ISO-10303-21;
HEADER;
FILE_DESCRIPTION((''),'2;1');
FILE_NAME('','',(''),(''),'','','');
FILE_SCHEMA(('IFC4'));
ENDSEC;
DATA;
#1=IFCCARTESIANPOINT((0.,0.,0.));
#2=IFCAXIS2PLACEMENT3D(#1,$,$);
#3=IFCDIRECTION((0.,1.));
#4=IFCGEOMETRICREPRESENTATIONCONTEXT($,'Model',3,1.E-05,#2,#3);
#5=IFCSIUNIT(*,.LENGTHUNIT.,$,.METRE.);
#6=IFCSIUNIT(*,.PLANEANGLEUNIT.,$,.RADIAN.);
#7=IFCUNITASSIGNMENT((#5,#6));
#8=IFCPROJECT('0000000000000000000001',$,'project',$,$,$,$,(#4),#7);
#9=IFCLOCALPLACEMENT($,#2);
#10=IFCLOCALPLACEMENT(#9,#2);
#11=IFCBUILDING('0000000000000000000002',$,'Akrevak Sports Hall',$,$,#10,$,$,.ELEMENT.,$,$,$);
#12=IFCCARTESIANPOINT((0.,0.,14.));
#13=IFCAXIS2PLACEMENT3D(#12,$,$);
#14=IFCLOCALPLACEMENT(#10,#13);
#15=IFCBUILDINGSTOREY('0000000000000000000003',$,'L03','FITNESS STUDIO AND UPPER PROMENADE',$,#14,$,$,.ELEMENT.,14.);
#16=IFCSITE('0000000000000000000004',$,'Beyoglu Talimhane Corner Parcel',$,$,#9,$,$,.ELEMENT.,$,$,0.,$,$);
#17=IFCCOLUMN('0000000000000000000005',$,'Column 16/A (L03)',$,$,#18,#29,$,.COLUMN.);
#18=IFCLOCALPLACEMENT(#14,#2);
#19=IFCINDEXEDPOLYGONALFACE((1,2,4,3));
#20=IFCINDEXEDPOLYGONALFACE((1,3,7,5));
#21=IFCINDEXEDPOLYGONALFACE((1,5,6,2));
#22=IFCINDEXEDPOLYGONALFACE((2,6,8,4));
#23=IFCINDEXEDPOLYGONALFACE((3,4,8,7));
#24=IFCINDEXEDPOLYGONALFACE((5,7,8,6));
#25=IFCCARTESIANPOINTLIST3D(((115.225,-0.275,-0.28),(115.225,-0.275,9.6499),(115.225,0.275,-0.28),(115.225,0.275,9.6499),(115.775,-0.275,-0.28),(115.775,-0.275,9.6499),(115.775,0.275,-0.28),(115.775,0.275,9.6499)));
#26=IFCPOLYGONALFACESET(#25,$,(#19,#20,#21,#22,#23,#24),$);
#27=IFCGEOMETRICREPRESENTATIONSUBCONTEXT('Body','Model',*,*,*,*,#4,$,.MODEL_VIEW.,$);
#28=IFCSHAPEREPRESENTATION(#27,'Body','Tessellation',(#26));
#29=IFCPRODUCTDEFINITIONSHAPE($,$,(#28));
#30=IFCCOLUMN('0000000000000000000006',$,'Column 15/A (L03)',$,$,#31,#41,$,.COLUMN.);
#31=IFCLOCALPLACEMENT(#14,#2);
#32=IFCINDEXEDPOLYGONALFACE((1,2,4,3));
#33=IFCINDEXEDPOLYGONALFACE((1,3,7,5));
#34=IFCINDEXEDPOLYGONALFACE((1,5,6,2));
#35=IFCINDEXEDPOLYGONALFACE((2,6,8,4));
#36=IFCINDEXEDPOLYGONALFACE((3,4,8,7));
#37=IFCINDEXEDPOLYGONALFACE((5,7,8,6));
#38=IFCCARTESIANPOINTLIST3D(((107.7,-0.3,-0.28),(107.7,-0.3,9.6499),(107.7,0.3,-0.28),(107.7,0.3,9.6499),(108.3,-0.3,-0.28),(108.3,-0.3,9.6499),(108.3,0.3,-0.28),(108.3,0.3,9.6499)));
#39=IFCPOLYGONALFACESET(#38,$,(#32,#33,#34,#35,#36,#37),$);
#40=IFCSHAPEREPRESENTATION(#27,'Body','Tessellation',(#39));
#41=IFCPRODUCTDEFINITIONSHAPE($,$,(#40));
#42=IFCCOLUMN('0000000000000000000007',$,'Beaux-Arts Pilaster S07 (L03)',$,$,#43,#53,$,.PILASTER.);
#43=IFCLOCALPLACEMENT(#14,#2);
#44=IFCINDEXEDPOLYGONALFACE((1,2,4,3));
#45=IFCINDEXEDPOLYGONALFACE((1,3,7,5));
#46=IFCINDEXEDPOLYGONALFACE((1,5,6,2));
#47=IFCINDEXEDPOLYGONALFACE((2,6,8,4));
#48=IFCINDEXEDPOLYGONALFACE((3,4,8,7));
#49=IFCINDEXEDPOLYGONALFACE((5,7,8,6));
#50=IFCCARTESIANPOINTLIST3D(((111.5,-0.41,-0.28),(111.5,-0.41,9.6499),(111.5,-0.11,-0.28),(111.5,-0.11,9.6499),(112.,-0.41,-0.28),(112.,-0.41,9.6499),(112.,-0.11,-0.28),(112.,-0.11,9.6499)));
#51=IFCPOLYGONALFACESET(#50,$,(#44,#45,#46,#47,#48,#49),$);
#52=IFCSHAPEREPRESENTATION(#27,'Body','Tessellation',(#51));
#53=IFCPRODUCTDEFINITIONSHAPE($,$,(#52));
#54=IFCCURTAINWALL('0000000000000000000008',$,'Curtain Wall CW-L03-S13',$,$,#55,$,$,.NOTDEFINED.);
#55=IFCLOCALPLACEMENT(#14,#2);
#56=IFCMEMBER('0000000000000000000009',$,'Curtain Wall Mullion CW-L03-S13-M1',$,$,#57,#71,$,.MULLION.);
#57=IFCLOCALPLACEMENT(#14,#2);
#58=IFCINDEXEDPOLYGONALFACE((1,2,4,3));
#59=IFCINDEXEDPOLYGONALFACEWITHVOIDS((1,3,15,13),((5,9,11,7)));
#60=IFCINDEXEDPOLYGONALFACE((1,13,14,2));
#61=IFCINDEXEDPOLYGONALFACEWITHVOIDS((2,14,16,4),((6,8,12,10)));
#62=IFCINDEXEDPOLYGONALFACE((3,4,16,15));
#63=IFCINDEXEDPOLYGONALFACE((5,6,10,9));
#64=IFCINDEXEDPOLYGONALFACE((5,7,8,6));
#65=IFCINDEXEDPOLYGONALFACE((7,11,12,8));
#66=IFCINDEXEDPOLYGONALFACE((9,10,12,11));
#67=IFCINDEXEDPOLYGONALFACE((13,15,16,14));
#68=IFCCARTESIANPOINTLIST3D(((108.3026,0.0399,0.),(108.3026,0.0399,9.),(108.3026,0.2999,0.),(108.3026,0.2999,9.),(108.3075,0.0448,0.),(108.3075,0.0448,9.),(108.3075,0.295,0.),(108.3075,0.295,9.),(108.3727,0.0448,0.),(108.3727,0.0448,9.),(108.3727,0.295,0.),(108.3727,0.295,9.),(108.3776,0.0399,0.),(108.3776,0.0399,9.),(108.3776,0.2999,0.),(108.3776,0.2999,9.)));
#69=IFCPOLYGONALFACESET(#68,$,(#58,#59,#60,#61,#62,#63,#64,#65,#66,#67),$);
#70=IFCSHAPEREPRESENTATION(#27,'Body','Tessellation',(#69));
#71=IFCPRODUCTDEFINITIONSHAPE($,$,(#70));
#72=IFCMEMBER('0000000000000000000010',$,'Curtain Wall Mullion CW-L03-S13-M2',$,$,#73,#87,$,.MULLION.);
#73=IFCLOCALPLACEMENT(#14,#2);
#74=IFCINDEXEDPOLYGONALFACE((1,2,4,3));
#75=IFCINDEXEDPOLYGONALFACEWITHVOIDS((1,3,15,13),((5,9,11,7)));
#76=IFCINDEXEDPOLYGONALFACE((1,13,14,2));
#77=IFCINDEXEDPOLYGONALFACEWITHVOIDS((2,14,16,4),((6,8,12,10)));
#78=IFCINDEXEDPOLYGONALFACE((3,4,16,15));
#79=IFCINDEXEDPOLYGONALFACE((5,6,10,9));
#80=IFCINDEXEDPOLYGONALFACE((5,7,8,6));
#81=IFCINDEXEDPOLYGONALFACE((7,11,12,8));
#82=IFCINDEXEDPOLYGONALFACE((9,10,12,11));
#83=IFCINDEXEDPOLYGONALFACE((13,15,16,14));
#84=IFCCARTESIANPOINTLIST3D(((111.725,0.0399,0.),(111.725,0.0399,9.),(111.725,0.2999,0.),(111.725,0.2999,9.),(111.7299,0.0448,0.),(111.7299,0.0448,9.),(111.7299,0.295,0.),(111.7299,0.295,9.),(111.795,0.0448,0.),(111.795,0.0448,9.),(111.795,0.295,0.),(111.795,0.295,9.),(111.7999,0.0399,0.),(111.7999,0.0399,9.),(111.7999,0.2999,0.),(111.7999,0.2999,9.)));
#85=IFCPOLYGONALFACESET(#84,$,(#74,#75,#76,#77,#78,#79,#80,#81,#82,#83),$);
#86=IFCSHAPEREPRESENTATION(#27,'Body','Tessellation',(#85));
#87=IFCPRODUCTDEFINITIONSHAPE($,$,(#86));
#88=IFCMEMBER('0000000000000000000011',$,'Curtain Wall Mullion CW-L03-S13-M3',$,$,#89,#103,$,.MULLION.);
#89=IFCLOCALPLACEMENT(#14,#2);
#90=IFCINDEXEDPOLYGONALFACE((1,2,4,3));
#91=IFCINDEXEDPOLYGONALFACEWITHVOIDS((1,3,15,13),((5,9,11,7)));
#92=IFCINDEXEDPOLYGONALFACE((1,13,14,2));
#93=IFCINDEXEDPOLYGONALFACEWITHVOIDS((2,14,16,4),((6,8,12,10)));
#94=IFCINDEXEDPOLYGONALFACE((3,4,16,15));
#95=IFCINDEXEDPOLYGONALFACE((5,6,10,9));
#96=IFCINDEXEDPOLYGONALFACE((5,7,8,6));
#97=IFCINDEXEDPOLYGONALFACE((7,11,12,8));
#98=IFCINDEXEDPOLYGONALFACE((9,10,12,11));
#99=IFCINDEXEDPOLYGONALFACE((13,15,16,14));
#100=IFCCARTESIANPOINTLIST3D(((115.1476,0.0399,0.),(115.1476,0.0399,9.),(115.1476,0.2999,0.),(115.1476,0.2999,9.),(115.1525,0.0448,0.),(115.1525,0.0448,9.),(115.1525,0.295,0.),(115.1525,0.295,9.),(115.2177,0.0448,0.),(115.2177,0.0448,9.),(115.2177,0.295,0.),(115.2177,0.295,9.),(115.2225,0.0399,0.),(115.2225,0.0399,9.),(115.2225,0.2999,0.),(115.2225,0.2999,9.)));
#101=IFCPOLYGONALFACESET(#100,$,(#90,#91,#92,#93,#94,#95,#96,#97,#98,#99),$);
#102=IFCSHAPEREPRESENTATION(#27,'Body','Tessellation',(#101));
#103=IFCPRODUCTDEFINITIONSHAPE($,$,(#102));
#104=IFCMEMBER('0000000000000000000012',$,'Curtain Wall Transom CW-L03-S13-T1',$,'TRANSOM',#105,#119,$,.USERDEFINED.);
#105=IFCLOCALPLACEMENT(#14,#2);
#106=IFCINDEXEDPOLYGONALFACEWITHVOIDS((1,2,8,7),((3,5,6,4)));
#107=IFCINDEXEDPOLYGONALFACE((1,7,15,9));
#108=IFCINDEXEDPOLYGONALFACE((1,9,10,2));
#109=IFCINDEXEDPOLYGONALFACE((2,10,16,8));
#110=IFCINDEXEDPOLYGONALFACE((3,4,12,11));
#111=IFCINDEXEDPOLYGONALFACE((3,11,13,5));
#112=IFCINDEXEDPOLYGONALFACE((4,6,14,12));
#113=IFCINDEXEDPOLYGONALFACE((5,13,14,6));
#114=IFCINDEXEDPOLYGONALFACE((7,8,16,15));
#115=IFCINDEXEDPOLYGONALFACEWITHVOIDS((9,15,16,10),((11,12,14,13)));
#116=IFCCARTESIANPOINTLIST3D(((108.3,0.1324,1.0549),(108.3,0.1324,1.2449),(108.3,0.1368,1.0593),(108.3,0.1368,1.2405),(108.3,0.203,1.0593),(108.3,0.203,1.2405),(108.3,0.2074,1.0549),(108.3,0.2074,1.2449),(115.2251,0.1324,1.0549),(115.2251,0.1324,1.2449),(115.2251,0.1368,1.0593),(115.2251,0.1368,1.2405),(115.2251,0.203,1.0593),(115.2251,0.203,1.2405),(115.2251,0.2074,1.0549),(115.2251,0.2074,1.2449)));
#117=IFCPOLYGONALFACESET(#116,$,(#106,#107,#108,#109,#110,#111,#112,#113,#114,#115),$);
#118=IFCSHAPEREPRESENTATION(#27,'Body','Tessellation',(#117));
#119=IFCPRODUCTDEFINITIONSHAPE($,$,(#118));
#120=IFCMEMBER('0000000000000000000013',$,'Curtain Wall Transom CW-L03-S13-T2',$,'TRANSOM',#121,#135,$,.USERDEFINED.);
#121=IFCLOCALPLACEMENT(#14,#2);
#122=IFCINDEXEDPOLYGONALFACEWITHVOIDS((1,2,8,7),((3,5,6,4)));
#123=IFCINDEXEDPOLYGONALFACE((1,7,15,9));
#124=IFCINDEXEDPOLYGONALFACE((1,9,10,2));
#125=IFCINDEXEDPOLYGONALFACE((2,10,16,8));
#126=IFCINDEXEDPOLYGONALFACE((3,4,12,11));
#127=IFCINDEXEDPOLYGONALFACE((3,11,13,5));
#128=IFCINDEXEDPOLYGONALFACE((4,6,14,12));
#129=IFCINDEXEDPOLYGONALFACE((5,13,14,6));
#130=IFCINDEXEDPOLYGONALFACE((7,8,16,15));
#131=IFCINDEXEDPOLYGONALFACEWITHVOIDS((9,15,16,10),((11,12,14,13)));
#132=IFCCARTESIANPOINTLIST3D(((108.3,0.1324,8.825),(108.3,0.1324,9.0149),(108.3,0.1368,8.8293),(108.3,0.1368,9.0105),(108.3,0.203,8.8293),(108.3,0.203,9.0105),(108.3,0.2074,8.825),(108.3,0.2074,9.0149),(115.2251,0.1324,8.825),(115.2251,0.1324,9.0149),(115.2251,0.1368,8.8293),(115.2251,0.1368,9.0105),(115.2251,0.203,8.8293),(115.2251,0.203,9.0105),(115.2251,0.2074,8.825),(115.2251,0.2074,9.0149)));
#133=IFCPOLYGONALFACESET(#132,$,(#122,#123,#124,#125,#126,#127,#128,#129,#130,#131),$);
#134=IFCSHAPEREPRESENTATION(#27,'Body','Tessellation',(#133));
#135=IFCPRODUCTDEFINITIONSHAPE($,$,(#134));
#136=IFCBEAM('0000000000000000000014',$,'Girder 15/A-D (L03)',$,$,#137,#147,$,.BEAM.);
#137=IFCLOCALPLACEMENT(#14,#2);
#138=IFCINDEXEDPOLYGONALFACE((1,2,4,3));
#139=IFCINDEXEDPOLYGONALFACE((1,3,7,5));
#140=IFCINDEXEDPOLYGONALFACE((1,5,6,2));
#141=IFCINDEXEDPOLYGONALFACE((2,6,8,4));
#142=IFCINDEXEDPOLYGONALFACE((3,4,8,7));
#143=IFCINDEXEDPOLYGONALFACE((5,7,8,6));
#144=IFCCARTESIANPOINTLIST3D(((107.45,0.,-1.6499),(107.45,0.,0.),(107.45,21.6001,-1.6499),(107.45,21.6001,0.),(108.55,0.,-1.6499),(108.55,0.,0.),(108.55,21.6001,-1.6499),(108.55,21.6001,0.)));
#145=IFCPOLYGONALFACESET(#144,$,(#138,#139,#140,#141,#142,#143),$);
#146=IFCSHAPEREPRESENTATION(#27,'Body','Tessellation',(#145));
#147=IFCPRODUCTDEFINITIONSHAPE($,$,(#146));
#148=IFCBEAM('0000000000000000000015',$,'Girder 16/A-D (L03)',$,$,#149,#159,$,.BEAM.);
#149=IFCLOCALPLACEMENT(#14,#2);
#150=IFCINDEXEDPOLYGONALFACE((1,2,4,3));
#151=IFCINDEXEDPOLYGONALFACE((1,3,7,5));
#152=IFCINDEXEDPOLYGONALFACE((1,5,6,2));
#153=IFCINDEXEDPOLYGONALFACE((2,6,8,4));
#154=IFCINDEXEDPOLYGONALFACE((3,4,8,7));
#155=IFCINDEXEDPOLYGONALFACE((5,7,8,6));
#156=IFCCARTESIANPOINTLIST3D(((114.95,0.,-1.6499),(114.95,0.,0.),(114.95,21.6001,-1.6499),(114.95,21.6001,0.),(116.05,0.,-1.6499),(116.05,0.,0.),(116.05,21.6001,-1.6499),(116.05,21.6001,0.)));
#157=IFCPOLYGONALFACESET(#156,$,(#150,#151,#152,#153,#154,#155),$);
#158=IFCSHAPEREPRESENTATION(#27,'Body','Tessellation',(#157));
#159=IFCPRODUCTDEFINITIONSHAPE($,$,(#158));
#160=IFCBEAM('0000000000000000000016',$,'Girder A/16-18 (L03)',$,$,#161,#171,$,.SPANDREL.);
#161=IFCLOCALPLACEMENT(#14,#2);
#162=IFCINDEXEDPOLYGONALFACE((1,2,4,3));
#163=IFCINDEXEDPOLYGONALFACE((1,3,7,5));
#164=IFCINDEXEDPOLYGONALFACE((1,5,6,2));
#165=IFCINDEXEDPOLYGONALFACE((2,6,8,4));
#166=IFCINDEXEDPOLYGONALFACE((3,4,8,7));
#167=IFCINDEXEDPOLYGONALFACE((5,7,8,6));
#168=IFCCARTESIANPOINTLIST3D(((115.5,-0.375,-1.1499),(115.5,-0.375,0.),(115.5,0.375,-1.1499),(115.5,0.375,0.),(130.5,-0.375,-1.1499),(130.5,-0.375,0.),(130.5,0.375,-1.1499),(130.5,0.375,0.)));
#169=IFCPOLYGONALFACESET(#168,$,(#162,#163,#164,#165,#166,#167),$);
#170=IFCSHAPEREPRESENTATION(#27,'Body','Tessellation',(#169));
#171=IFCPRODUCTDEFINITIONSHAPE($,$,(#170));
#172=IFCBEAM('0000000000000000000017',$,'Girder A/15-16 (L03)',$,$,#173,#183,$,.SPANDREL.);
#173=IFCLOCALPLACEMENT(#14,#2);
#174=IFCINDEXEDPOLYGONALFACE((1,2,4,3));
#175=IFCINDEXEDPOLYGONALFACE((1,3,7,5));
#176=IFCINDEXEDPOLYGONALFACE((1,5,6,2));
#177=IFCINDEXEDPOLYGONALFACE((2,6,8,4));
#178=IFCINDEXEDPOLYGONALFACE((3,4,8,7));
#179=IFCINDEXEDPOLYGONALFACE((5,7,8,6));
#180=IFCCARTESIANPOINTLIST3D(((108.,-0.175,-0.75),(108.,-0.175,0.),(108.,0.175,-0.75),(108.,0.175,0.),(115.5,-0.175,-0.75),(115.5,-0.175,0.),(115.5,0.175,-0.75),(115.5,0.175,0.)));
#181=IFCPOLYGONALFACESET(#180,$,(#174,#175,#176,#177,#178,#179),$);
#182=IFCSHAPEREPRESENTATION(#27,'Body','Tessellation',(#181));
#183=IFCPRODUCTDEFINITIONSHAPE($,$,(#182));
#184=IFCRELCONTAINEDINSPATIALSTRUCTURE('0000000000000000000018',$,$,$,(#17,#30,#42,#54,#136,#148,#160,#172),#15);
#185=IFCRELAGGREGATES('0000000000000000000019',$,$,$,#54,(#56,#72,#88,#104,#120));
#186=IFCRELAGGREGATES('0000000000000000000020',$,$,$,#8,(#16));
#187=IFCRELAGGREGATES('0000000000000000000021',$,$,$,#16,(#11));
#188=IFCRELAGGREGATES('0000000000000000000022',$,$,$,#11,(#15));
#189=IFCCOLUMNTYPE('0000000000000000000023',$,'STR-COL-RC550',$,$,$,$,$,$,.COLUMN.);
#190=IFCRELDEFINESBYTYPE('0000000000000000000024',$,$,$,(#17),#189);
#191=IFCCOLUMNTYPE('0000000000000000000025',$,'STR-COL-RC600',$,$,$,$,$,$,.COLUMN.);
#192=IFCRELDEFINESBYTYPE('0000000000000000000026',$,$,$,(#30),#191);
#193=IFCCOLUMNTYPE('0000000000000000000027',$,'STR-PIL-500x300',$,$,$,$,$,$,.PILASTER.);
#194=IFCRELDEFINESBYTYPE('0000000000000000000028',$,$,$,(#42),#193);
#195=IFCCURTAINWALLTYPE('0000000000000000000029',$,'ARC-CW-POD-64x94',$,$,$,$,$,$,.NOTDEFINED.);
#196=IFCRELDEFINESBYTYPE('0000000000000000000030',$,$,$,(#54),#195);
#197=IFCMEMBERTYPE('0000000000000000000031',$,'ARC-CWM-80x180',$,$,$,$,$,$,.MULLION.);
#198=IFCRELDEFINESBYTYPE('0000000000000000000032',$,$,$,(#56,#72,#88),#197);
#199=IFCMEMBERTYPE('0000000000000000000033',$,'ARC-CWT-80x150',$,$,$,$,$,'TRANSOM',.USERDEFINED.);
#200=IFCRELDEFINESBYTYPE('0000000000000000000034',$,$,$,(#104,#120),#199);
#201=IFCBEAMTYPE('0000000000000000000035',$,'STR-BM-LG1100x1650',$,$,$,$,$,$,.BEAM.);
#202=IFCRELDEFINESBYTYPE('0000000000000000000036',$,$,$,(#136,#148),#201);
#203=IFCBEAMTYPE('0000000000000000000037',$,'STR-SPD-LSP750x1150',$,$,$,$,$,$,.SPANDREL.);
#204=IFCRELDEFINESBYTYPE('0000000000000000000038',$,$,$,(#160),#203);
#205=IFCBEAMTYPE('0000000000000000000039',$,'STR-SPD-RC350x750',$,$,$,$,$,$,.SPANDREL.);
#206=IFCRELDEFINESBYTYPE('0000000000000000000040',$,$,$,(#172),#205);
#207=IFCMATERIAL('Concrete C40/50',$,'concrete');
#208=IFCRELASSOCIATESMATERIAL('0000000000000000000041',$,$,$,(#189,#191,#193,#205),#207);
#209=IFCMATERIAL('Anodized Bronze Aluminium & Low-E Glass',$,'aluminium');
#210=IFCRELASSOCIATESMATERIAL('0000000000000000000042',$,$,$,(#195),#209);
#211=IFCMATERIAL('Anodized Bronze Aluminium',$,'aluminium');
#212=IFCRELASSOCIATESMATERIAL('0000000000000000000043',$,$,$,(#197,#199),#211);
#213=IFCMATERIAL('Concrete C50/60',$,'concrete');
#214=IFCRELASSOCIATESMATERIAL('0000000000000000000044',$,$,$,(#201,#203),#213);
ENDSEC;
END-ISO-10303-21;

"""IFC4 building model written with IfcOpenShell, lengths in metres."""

from ifc_helpers import new_model, si_unit, direction, frame, origin, origin_2d, place, context, subcontext, project, spatial, rectangle, hollow_rectangle, extrude, material, material_profile, profile_set, type_object, element, aggregate, save


model = new_model("IFC4")

# Units and contexts
model_context = context("Model", 3, precision=1e-05, world=origin(), true_north=direction((0.0, 1.0)))
body_context = subcontext(model_context, "Body", "Model", "MODEL_VIEW")
ifc_project = project(units=[si_unit("LENGTHUNIT", "METRE"), si_unit("PLANEANGLEUNIT", "RADIAN")], contexts=[model_context])

# Site, building, storey
site_placement = place(None, origin())
site = spatial("IfcSite", under=ifc_project, at=site_placement, Name="Beyoglu Talimhane Corner Parcel", CompositionType="ELEMENT", RefElevation=0.0)
building_placement = place(site_placement, origin())
building = spatial("IfcBuilding", under=site, at=building_placement, Name="Akrevak Sports Hall", CompositionType="ELEMENT")
storey_placement = place(building_placement, frame((0.0, 0.0, 14.0)))
storey = spatial("IfcBuildingStorey", under=building, at=storey_placement, Name="L03", Description="FITNESS STUDIO AND UPPER PROMENADE", CompositionType="ELEMENT", Elevation=14.0)

# Columns
ifc_material_1 = material(Name="Concrete C40/50", Category="concrete")
ifc_material_profile_1 = material_profile(ifc_material_1, rectangle(XDim=0.55, YDim=0.55, at=origin_2d()), Name="RC 550x550", Category="concrete")
ifc_profile_set_1 = profile_set([ifc_material_profile_1], Name="Concrete C40/50")
column_type_1 = type_object("IfcColumnType", Name="STR-COL-RC550", PredefinedType="COLUMN", material=ifc_profile_set_1)
column_1_placement = place(storey_placement, frame((115.5, 0.0, -0.28), z_axis=(0.0, 0.0, 1.0), x_axis=(1.0, 0.0, 0.0)))
element("IfcColumn", 1, at=column_1_placement, inside=storey, type_object=column_type_1, Name="Column 16/A (L03)", PredefinedType="COLUMN", context=body_context, shape_type="SweptSolid", body=[
    extrude(rectangle(XDim=0.55, YDim=0.55, at=origin_2d()), origin(), (0.0, 0.0, 1.0), 9.9299),
])
ifc_material_profile_2 = material_profile(ifc_material_1, rectangle(XDim=0.6001, YDim=0.6001, at=origin_2d()), Name="RC 600x600", Category="concrete")
ifc_profile_set_2 = profile_set([ifc_material_profile_2], Name="Concrete C40/50")
column_type_2 = type_object("IfcColumnType", Name="STR-COL-RC600", PredefinedType="COLUMN", material=ifc_profile_set_2)
column_2_placement = place(storey_placement, frame((108.0, 0.0, -0.28), z_axis=(0.0, 0.0, 1.0), x_axis=(1.0, 0.0, 0.0)))
element("IfcColumn", 2, at=column_2_placement, inside=storey, type_object=column_type_2, Name="Column 15/A (L03)", PredefinedType="COLUMN", context=body_context, shape_type="SweptSolid", body=[
    extrude(rectangle(XDim=0.6001, YDim=0.6001, at=origin_2d()), origin(), (0.0, 0.0, 1.0), 9.9299),
])
ifc_material_profile_3 = material_profile(ifc_material_1, rectangle(XDim=0.5, YDim=0.3, at=origin_2d()), Name="PIL 500x300", Category="concrete")
ifc_profile_set_3 = profile_set([ifc_material_profile_3], Name="Concrete C40/50")
column_type_3 = type_object("IfcColumnType", Name="STR-PIL-500x300", PredefinedType="PILASTER", material=ifc_profile_set_3)
column_3_placement = place(storey_placement, frame((111.75, -0.26, -0.28), z_axis=(0.0, 0.0, 1.0), x_axis=(1.0, 0.0, 0.0)))
element("IfcColumn", 3, at=column_3_placement, inside=storey, type_object=column_type_3, Name="Beaux-Arts Pilaster S07 (L03)", PredefinedType="PILASTER", context=body_context, shape_type="SweptSolid", body=[
    extrude(rectangle(XDim=0.5, YDim=0.3, at=origin_2d()), origin(), (0.0, 0.0, 1.0), 9.9299),
])

# Curtain wall, members
ifc_material_2 = material(Name="Anodized Bronze Aluminium & Low-E Glass", Category="aluminium")
curtain_wall_type = type_object("IfcCurtainWallType", Name="ARC-CW-POD-64x94", PredefinedType="NOTDEFINED", material=ifc_material_2)
curtain_wall_placement = place(storey_placement, origin())
curtain_wall = element("IfcCurtainWall", 4, at=curtain_wall_placement, inside=storey, type_object=curtain_wall_type, Name="Curtain Wall CW-L03-S13", PredefinedType="NOTDEFINED")
ifc_material_3 = material(Name="Anodized Bronze Aluminium", Category="aluminium")
ifc_material_profile_4 = material_profile(ifc_material_3, hollow_rectangle(XDim=0.075, YDim=0.26, WallThickness=0.0049, at=origin_2d()), Name="CWM 75x260", Category="aluminium")
ifc_profile_set_4 = profile_set([ifc_material_profile_4], Name="Anodized Bronze Aluminium")
member_type_1 = type_object("IfcMemberType", Name="ARC-CWM-80x180", PredefinedType="MULLION", material=ifc_profile_set_4)
member_1_placement = place(storey_placement, frame((108.3401, 0.1699, 0.0), z_axis=(0.0, 0.0, 1.0), x_axis=(1.0, 0.0, 0.0)))
member_1 = element("IfcMember", 5, at=member_1_placement, type_object=member_type_1, Name="Curtain Wall Mullion CW-L03-S13-M1", PredefinedType="MULLION", context=body_context, shape_type="SweptSolid", body=[
    extrude(hollow_rectangle(XDim=0.075, YDim=0.26, WallThickness=0.0049, at=origin_2d()), origin(), (0.0, 0.0, 1.0), 9.0),
])
member_2_placement = place(storey_placement, frame((111.7625, 0.1699, 0.0), z_axis=(0.0, 0.0, 1.0), x_axis=(1.0, 0.0, 0.0)))
member_2 = element("IfcMember", 6, at=member_2_placement, type_object=member_type_1, Name="Curtain Wall Mullion CW-L03-S13-M2", PredefinedType="MULLION", context=body_context, shape_type="SweptSolid", body=[
    extrude(hollow_rectangle(XDim=0.075, YDim=0.26, WallThickness=0.0049, at=origin_2d()), origin(), (0.0, 0.0, 1.0), 9.0),
])
member_3_placement = place(storey_placement, frame((115.1851, 0.1699, 0.0), z_axis=(0.0, 0.0, 1.0), x_axis=(1.0, 0.0, 0.0)))
member_3 = element("IfcMember", 7, at=member_3_placement, type_object=member_type_1, Name="Curtain Wall Mullion CW-L03-S13-M3", PredefinedType="MULLION", context=body_context, shape_type="SweptSolid", body=[
    extrude(hollow_rectangle(XDim=0.075, YDim=0.26, WallThickness=0.0049, at=origin_2d()), origin(), (0.0, 0.0, 1.0), 9.0),
])
ifc_material_profile_5 = material_profile(ifc_material_3, hollow_rectangle(XDim=0.075, YDim=0.1899, WallThickness=0.0044, at=origin_2d()), Name="CWT 75x190", Category="aluminium")
ifc_profile_set_5 = profile_set([ifc_material_profile_5], Name="Anodized Bronze Aluminium")
member_type_2 = type_object("IfcMemberType", Name="ARC-CWT-80x150", ElementType="TRANSOM", PredefinedType="USERDEFINED", material=ifc_profile_set_5)
member_4_placement = place(storey_placement, frame((108.3, 0.1699, 1.1499), z_axis=(1.0, 0.0, 0.0), x_axis=(0.0, 1.0, 0.0)))
member_4 = element("IfcMember", 8, at=member_4_placement, type_object=member_type_2, Name="Curtain Wall Transom CW-L03-S13-T1", ObjectType="TRANSOM", PredefinedType="USERDEFINED", context=body_context, shape_type="SweptSolid", body=[
    extrude(hollow_rectangle(XDim=0.075, YDim=0.1899, WallThickness=0.0044, at=origin_2d()), origin(), (0.0, 0.0, 1.0), 6.925),
])
member_5_placement = place(storey_placement, frame((108.3, 0.1699, 8.9199), z_axis=(1.0, 0.0, 0.0), x_axis=(0.0, 1.0, 0.0)))
member_5 = element("IfcMember", 9, at=member_5_placement, type_object=member_type_2, Name="Curtain Wall Transom CW-L03-S13-T2", ObjectType="TRANSOM", PredefinedType="USERDEFINED", context=body_context, shape_type="SweptSolid", body=[
    extrude(hollow_rectangle(XDim=0.075, YDim=0.1899, WallThickness=0.0044, at=origin_2d()), origin(), (0.0, 0.0, 1.0), 6.925),
])

# Beams
ifc_material_4 = material(Name="Concrete C50/60", Category="concrete")
ifc_material_profile_6 = material_profile(ifc_material_4, rectangle(XDim=1.1001, YDim=1.6499, at=origin_2d()), Name="BM 1100x1650", Category="concrete")
ifc_profile_set_6 = profile_set([ifc_material_profile_6], Name="Concrete C50/60")
beam_type_1 = type_object("IfcBeamType", Name="STR-BM-LG1100x1650", PredefinedType="BEAM", material=ifc_profile_set_6)
for number, where, z_axis, x_axis, name in (
    (10, (108.0, 0.0, -0.825), (0.0, 1.0, 0.0), (-1.0, 0.0, 0.0), "Girder 15/A-D (L03)"),
    (11, (115.5, 0.0, -0.825), (0.0, 1.0, 0.0), (-1.0, 0.0, 0.0), "Girder 16/A-D (L03)"),
):
    element("IfcBeam", number, at=place(storey_placement, frame(where, z_axis=z_axis, x_axis=x_axis)), inside=storey, type_object=beam_type_1, Name=name, PredefinedType="BEAM", context=body_context, shape_type="SweptSolid", body=[
        extrude(rectangle(XDim=1.1001, YDim=1.6499, at=origin_2d()), origin(), (0.0, 0.0, 1.0), 21.6001),
    ])
ifc_material_profile_7 = material_profile(ifc_material_4, rectangle(XDim=0.75, YDim=1.1499, at=origin_2d()), Name="SPD 750x1150", Category="concrete")
ifc_profile_set_7 = profile_set([ifc_material_profile_7], Name="Concrete C50/60")
beam_type_2 = type_object("IfcBeamType", Name="STR-SPD-LSP750x1150", PredefinedType="SPANDREL", material=ifc_profile_set_7)
beam_1_placement = place(storey_placement, frame((115.5, 0.0, -0.575), z_axis=(1.0, 0.0, 0.0), x_axis=(0.0, 1.0, 0.0)))
element("IfcBeam", 12, at=beam_1_placement, inside=storey, type_object=beam_type_2, Name="Girder A/16-18 (L03)", PredefinedType="SPANDREL", context=body_context, shape_type="SweptSolid", body=[
    extrude(rectangle(XDim=0.75, YDim=1.1499, at=origin_2d()), origin(), (0.0, 0.0, 1.0), 15.0),
])
ifc_material_profile_8 = material_profile(ifc_material_1, rectangle(XDim=0.3501, YDim=0.75, at=origin_2d()), Name="SPD 350x750", Category="concrete")
ifc_profile_set_8 = profile_set([ifc_material_profile_8], Name="Concrete C40/50")
beam_type_3 = type_object("IfcBeamType", Name="STR-SPD-RC350x750", PredefinedType="SPANDREL", material=ifc_profile_set_8)
beam_2_placement = place(storey_placement, frame((108.0, 0.0, -0.375), z_axis=(1.0, 0.0, 0.0), x_axis=(0.0, 1.0, 0.0)))
element("IfcBeam", 13, at=beam_2_placement, inside=storey, type_object=beam_type_3, Name="Girder A/15-16 (L03)", PredefinedType="SPANDREL", context=body_context, shape_type="SweptSolid", body=[
    extrude(rectangle(XDim=0.3501, YDim=0.75, at=origin_2d()), origin(), (0.0, 0.0, 1.0), 7.5),
])

aggregate(curtain_wall, [member_1, member_2, member_3, member_4, member_5])

save(model, "model.ifc")
